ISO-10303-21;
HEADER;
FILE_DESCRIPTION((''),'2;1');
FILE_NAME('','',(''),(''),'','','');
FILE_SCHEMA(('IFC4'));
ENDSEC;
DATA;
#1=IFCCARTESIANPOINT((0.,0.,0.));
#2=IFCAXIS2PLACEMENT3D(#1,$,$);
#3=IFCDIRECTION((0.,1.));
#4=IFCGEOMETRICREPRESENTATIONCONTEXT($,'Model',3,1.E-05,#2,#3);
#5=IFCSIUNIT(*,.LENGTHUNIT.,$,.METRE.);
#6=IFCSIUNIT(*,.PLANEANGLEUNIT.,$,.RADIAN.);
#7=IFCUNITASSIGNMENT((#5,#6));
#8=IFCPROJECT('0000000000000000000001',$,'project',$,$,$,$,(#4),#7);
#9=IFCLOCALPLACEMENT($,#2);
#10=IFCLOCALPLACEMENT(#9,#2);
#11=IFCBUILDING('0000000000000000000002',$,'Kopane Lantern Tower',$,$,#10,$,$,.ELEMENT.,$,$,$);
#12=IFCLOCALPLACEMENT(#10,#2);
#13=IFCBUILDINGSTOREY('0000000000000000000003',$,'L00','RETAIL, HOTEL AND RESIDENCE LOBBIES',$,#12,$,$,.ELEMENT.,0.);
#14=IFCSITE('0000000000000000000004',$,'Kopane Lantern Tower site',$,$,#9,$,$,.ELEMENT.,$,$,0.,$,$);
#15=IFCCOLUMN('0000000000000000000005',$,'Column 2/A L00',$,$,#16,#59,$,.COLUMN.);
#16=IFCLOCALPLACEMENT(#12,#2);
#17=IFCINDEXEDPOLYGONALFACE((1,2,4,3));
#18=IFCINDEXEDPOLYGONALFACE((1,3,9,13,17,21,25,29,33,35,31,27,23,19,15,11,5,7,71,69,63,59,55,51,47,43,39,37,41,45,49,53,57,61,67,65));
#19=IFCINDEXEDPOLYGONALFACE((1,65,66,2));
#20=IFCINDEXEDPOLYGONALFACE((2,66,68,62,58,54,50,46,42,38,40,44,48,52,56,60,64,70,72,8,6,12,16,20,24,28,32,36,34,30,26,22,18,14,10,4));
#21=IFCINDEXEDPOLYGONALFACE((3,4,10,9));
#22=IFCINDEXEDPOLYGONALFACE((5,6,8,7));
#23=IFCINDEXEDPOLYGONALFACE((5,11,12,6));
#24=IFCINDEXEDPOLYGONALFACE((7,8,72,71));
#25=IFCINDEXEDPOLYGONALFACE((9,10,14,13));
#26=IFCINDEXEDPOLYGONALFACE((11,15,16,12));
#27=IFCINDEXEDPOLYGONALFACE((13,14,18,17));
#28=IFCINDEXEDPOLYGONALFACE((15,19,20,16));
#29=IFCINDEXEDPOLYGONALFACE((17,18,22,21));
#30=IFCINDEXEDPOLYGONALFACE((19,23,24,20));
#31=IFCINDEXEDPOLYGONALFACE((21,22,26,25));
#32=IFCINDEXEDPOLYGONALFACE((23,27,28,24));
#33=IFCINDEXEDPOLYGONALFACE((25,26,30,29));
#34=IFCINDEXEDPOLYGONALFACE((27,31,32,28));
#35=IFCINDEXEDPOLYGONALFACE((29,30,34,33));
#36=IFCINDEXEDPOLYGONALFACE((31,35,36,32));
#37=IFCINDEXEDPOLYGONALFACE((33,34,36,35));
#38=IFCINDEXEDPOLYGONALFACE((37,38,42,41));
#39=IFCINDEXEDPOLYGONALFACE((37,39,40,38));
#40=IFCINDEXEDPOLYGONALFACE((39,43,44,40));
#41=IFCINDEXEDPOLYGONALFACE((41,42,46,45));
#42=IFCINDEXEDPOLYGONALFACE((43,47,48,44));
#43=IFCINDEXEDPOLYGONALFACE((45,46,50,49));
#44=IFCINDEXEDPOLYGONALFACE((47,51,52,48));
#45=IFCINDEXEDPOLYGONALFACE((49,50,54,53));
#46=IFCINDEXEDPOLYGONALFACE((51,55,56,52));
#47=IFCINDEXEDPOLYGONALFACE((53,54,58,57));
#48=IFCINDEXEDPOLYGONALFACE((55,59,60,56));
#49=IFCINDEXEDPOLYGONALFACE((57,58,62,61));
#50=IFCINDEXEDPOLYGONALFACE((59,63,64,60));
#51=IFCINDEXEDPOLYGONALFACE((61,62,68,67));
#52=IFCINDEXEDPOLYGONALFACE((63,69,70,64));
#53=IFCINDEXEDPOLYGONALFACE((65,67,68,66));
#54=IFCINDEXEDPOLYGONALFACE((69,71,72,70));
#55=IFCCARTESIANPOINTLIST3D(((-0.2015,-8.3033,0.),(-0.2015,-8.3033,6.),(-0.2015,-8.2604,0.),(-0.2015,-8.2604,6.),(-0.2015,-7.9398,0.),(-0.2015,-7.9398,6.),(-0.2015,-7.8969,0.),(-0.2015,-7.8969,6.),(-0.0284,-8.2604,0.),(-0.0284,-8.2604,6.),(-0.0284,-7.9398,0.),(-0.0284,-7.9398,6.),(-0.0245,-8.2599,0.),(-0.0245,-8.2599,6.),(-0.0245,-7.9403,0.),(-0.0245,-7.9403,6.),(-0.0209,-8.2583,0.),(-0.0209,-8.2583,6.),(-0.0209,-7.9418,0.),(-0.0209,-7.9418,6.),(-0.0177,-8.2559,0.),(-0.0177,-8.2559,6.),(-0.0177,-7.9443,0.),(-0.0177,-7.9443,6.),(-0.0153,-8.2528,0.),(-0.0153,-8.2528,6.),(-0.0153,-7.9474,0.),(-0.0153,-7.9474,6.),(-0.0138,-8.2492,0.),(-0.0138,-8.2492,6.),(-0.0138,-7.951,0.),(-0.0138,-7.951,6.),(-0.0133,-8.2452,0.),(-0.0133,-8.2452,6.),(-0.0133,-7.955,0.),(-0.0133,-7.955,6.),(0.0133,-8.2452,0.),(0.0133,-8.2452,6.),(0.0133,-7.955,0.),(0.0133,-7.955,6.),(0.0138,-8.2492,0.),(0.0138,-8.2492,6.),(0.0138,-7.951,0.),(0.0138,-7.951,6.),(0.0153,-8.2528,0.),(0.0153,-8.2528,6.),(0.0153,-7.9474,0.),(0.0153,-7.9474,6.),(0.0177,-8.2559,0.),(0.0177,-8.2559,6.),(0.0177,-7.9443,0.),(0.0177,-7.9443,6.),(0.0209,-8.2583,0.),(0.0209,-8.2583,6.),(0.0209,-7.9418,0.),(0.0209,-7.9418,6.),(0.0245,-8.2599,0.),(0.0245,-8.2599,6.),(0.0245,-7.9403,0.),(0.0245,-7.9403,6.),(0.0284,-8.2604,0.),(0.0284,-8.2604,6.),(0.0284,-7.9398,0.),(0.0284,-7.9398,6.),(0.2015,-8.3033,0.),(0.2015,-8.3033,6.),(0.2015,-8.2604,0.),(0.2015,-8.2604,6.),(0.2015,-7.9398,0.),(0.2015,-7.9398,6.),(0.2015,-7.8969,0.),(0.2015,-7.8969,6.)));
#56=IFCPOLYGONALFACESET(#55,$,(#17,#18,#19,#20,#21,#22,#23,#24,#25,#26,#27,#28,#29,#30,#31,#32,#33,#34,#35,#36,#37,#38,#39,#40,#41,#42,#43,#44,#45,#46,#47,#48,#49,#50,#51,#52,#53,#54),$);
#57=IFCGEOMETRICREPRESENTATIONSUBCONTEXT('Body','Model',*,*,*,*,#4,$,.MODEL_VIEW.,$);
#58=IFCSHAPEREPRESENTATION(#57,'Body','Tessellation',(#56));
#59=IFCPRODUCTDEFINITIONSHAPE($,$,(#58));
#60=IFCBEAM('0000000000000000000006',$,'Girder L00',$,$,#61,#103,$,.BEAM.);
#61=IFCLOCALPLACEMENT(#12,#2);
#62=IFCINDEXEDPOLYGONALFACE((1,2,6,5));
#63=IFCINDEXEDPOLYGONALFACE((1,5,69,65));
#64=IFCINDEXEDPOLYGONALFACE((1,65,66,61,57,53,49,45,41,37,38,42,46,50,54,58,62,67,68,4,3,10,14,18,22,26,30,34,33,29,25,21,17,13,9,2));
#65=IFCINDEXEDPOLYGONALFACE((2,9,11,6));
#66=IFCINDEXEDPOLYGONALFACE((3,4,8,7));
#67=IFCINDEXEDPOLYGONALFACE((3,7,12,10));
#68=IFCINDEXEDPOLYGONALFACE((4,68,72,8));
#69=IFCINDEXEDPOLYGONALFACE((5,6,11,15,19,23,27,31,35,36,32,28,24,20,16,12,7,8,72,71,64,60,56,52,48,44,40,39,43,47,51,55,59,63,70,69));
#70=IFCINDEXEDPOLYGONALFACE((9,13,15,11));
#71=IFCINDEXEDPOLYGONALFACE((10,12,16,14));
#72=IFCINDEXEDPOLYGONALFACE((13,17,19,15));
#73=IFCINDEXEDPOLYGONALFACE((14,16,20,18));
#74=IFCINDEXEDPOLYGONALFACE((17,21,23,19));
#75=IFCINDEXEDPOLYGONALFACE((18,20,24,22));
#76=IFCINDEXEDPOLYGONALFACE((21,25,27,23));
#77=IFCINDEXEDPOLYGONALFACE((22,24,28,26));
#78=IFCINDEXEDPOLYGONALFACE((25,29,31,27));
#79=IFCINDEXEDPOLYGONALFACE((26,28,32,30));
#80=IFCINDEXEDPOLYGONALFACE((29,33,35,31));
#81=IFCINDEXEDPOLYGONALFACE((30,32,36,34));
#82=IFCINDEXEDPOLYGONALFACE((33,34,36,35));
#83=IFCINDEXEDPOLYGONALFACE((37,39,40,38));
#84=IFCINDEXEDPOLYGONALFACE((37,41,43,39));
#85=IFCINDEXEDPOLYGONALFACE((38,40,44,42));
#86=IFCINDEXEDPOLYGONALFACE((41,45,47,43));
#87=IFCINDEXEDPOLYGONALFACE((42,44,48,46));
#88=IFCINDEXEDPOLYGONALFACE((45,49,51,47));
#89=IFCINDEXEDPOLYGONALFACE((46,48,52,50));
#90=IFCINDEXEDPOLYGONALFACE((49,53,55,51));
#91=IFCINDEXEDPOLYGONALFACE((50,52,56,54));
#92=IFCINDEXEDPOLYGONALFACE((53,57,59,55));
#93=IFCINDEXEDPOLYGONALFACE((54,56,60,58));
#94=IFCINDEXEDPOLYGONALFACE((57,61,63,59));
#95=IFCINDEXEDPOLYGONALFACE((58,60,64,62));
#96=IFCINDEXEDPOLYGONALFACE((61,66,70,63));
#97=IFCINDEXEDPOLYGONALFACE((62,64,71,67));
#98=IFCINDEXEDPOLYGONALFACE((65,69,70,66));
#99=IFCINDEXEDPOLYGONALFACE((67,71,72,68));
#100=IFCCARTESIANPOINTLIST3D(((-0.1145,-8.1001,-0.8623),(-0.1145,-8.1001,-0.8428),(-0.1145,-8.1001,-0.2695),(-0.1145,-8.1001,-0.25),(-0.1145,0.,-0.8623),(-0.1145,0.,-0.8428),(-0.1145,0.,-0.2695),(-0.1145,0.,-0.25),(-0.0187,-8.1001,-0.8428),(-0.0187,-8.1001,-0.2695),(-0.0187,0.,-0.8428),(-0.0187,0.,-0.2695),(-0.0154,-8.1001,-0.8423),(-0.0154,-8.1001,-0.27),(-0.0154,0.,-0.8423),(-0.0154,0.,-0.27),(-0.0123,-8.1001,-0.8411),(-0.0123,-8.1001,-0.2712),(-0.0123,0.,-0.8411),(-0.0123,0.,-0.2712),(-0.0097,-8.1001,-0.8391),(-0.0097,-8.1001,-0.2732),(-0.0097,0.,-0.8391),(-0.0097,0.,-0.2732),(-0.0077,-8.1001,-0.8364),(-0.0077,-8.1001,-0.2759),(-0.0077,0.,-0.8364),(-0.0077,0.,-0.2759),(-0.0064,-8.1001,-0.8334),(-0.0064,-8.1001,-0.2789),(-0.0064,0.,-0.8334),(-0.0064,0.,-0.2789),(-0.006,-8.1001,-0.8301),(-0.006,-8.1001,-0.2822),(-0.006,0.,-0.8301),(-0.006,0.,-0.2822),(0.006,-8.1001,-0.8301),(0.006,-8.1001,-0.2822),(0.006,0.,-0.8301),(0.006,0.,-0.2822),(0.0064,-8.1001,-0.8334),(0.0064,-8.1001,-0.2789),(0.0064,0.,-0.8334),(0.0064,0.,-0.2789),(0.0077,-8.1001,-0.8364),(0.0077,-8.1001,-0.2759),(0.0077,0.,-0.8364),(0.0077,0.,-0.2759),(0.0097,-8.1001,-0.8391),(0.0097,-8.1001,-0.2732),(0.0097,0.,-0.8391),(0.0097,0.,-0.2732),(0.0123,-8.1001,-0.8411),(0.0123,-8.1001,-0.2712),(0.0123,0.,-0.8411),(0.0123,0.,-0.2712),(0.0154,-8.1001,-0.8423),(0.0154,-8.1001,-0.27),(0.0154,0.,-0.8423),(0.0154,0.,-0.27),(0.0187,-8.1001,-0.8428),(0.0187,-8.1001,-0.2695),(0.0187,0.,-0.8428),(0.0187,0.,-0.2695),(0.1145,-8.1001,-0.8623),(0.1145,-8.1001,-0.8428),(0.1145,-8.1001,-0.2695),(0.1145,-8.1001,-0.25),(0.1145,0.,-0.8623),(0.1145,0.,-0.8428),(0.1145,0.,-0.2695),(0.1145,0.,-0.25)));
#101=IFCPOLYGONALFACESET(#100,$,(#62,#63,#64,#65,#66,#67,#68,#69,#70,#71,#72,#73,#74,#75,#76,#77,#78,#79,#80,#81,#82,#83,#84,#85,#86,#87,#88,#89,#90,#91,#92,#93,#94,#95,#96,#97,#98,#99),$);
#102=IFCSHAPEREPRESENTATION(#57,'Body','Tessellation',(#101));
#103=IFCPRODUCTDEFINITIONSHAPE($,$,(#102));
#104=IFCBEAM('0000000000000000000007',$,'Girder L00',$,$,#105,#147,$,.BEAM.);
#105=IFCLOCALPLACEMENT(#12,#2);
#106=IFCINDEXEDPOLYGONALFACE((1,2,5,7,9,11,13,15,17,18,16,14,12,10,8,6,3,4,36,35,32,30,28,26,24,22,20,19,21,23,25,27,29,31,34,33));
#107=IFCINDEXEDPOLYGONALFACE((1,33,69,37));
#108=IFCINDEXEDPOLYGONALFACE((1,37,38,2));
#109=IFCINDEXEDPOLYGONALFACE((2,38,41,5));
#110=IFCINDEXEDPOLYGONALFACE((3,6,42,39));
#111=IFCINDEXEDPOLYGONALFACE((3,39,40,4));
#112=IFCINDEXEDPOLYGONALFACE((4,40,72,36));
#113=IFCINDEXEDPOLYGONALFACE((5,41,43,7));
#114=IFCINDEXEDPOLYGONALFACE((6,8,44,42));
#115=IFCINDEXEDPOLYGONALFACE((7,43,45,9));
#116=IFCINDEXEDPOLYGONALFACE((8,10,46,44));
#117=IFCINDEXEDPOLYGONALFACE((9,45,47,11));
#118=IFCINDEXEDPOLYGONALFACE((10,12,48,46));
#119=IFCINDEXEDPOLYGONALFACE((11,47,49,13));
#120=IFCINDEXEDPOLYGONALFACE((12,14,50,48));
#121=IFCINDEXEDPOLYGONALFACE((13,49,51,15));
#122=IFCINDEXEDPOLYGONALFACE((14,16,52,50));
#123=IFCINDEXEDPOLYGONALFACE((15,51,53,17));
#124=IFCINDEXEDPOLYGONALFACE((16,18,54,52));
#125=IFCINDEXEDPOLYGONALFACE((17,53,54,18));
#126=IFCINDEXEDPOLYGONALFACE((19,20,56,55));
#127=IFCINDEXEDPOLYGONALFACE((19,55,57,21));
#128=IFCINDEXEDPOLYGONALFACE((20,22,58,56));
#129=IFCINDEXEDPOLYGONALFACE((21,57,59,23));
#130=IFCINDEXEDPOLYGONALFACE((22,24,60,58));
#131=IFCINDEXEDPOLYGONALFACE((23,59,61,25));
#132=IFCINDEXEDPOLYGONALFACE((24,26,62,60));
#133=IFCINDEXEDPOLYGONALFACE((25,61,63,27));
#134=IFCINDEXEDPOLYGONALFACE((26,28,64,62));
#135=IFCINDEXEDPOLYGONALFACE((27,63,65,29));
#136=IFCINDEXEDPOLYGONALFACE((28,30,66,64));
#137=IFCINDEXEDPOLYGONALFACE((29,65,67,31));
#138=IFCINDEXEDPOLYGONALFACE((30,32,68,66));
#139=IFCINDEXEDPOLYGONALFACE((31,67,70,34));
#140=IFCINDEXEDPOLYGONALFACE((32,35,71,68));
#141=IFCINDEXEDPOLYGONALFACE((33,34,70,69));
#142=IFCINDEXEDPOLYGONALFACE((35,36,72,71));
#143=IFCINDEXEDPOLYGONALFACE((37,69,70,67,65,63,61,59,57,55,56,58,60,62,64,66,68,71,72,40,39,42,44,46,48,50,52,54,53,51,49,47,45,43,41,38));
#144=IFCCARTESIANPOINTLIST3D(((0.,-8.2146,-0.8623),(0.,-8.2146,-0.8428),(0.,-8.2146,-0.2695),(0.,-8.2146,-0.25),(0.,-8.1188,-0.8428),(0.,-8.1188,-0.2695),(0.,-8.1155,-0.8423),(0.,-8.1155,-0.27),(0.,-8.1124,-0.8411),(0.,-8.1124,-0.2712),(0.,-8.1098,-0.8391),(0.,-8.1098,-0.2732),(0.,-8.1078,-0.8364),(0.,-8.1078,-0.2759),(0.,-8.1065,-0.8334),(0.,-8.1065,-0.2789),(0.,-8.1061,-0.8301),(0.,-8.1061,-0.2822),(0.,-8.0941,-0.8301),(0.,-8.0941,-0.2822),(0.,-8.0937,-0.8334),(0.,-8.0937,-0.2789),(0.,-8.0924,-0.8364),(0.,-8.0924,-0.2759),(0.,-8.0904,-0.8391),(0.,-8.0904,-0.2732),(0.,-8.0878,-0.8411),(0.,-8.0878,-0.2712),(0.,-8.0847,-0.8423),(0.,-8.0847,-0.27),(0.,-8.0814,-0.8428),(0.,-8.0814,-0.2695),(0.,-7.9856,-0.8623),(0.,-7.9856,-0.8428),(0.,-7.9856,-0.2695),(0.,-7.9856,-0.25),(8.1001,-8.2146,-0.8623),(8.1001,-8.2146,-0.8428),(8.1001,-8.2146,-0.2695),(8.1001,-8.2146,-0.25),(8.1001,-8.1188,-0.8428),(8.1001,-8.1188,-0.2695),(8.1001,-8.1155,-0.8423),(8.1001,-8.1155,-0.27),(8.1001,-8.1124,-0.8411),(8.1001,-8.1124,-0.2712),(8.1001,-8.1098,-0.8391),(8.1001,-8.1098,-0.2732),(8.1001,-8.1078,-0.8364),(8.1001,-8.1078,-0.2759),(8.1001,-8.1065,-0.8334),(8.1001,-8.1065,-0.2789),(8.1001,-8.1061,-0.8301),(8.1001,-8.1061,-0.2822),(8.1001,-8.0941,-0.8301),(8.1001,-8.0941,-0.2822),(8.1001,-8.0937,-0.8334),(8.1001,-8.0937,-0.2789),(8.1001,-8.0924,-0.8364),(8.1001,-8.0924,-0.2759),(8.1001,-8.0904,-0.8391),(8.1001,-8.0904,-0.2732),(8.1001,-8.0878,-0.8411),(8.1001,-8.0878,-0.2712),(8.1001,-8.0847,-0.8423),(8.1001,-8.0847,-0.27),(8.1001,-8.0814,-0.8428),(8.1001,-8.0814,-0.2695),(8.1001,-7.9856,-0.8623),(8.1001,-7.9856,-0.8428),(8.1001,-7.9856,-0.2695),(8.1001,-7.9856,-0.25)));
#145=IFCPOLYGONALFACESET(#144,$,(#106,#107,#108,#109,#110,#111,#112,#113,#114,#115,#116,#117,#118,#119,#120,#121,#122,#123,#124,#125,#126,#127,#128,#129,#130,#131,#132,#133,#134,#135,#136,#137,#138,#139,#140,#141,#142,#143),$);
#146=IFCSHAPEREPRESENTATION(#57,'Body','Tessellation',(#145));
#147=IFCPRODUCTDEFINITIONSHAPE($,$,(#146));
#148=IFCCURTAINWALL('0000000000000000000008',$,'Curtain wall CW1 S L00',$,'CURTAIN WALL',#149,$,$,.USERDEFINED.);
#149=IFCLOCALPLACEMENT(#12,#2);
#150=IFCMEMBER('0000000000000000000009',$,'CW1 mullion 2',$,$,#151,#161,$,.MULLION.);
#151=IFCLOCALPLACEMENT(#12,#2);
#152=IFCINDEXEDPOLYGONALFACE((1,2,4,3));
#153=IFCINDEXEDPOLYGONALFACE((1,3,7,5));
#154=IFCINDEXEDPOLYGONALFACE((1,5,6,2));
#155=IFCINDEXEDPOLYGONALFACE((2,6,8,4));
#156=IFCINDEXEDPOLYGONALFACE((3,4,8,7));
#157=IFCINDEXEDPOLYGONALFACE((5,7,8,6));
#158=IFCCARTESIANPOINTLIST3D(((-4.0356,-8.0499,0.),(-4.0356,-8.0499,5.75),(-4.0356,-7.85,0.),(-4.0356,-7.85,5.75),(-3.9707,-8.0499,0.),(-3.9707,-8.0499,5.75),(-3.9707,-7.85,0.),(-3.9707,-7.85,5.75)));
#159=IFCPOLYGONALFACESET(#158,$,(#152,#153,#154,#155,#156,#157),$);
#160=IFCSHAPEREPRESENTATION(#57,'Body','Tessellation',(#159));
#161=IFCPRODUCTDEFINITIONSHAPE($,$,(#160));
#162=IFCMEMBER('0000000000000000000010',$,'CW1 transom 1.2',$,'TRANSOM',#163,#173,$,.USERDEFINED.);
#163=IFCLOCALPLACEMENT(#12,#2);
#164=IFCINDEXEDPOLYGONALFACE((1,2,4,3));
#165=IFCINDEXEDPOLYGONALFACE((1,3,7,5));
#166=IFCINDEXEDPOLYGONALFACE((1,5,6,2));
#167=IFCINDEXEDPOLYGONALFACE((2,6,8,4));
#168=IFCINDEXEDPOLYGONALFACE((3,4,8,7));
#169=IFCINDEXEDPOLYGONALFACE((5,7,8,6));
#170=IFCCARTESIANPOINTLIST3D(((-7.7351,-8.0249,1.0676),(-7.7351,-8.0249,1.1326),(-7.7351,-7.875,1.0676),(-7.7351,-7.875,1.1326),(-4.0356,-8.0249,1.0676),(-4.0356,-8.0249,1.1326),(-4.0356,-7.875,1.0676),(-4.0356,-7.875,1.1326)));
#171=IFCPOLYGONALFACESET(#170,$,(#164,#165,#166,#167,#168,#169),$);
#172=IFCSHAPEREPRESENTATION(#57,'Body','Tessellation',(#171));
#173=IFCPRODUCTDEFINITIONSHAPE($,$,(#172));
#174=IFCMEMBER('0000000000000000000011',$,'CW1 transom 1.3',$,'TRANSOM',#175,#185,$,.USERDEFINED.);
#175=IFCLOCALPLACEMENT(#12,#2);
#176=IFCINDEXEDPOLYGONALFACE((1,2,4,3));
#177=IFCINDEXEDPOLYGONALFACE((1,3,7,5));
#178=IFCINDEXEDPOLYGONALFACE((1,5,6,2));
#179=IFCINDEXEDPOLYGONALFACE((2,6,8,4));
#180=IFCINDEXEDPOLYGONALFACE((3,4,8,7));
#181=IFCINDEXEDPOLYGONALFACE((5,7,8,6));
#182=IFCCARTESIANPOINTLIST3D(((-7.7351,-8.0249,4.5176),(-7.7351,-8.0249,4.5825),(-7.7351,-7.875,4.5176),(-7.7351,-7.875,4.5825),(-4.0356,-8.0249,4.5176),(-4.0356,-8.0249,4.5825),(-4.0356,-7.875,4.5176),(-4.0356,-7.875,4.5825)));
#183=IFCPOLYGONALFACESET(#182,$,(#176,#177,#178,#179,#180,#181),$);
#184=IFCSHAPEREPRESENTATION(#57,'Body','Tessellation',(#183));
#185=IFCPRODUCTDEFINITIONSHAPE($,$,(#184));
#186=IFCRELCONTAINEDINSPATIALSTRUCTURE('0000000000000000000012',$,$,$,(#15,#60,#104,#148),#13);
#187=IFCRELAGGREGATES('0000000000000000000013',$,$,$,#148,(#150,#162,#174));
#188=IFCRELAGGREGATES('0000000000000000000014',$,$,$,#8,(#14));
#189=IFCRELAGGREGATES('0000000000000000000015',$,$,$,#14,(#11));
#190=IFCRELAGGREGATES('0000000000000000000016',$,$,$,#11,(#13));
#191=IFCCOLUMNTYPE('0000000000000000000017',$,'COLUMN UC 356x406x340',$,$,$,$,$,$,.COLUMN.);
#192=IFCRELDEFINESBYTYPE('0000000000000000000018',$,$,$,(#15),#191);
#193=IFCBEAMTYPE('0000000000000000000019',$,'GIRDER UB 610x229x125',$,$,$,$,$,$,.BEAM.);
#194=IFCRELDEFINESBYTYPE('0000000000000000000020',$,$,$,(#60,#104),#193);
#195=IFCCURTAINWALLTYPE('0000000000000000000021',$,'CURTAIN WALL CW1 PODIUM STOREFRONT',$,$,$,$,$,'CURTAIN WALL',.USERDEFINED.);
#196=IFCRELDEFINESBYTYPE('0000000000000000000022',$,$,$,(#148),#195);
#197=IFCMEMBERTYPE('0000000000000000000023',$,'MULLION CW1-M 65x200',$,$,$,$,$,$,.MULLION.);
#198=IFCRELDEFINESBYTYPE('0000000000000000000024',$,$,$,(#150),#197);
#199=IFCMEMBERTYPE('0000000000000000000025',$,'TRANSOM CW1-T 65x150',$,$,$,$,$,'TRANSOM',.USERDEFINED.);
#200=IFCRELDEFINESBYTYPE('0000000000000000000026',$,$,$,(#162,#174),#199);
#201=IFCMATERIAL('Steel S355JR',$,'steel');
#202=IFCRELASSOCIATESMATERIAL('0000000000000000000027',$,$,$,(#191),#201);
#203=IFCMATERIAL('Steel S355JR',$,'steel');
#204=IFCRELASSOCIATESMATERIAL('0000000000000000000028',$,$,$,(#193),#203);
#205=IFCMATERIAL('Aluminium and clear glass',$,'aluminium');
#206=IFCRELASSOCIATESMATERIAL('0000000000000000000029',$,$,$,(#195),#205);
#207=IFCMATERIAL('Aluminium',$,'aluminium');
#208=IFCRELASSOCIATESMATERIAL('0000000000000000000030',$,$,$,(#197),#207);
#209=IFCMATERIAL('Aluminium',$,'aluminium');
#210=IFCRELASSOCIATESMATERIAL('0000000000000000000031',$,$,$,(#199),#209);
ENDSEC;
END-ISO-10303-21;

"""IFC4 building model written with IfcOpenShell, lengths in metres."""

from ifc_helpers import new_model, si_unit, direction, frame, origin, origin_2d, place, context, subcontext, project, spatial, rectangle, i_section, extrude, material, material_profile, profile_set, type_object, element, aggregate, save


model = new_model("IFC4")

# Units and contexts
model_context = context("Model", 3, precision=1e-05, world=origin(), true_north=direction((0.0, 1.0)))
body_context = subcontext(model_context, "Body", "Model", "MODEL_VIEW")
ifc_project = project(units=[si_unit("LENGTHUNIT", "METRE"), si_unit("PLANEANGLEUNIT", "RADIAN")], contexts=[model_context])

# Site, building, storey
site_placement = place(None, origin())
site = spatial("IfcSite", under=ifc_project, at=site_placement, Name="Kopane Lantern Tower site", CompositionType="ELEMENT", RefElevation=0.0)
building_placement = place(site_placement, origin())
building = spatial("IfcBuilding", under=site, at=building_placement, Name="Kopane Lantern Tower", CompositionType="ELEMENT")
storey_placement = place(building_placement, origin())
storey = spatial("IfcBuildingStorey", under=building, at=storey_placement, Name="L00", Description="RETAIL, HOTEL AND RESIDENCE LOBBIES", CompositionType="ELEMENT", Elevation=0.0)

# Column
ifc_material_1 = material(Name="Steel S355JR", Category="steel")
ifc_material_profile_1 = material_profile(ifc_material_1, i_section(OverallWidth=0.4031, OverallDepth=0.4065, WebThickness=0.0266, FlangeThickness=0.043, FilletRadius=0.0151, at=origin_2d()), Name="UC 356x406x340")
ifc_profile_set_1 = profile_set([ifc_material_profile_1], Name="Steel S355JR")
column_type = type_object("IfcColumnType", Name="COLUMN UC 356x406x340", PredefinedType="COLUMN", material=ifc_profile_set_1)
column_placement = place(storey_placement, frame((0.0, -8.1001, 0.0), z_axis=(0.0, 0.0, 1.0), x_axis=(1.0, 0.0, 0.0)))
element("IfcColumn", 1, at=column_placement, inside=storey, type_object=column_type, Name="Column 2/A L00", PredefinedType="COLUMN", context=body_context, shape_type="SweptSolid", body=[
    extrude(i_section(OverallWidth=0.4031, OverallDepth=0.4065, WebThickness=0.0266, FlangeThickness=0.043, FilletRadius=0.0151, at=origin_2d()), origin(), (0.0, 0.0, 1.0), 6.0),
])

# Beams
ifc_material_2 = material(Name="Steel S355JR", Category="steel")
ifc_material_profile_2 = material_profile(ifc_material_2, i_section(OverallWidth=0.229, OverallDepth=0.6123, WebThickness=0.012, FlangeThickness=0.0195, FilletRadius=0.0127, at=origin_2d()), Name="UB 610x229x125")
ifc_profile_set_2 = profile_set([ifc_material_profile_2], Name="Steel S355JR")
beam_type = type_object("IfcBeamType", Name="GIRDER UB 610x229x125", PredefinedType="BEAM", material=ifc_profile_set_2)
for number, where, z_axis, x_axis, name in (
    (2, (0.0, -8.1001, -0.5562), (0.0, 1.0, 0.0), (-1.0, 0.0, 0.0), "Girder L00"),
    (3, (0.0, -8.1001, -0.5562), (1.0, 0.0, 0.0), (0.0, 1.0, 0.0), "Girder L00"),
):
    element("IfcBeam", number, at=place(storey_placement, frame(where, z_axis=z_axis, x_axis=x_axis)), inside=storey, type_object=beam_type, Name=name, PredefinedType="BEAM", context=body_context, shape_type="SweptSolid", body=[
        extrude(i_section(OverallWidth=0.229, OverallDepth=0.6123, WebThickness=0.012, FlangeThickness=0.0195, FilletRadius=0.0127, at=origin_2d()), origin(), (0.0, 0.0, 1.0), 8.1001),
    ])

# Curtain wall, members
ifc_material_3 = material(Name="Aluminium and clear glass", Category="aluminium")
curtain_wall_type = type_object("IfcCurtainWallType", Name="CURTAIN WALL CW1 PODIUM STOREFRONT", ElementType="CURTAIN WALL", PredefinedType="USERDEFINED", material=ifc_material_3)
curtain_wall_placement = place(storey_placement, origin())
curtain_wall = element("IfcCurtainWall", 4, at=curtain_wall_placement, inside=storey, type_object=curtain_wall_type, Name="Curtain wall CW1 S L00", ObjectType="CURTAIN WALL", PredefinedType="USERDEFINED")
ifc_material_4 = material(Name="Aluminium", Category="aluminium")
ifc_material_profile_3 = material_profile(ifc_material_4, rectangle(XDim=0.0649, YDim=0.2, at=origin_2d()), Name="AL 65x200")
ifc_profile_set_3 = profile_set([ifc_material_profile_3], Name="Aluminium")
member_type_1 = type_object("IfcMemberType", Name="MULLION CW1-M 65x200", PredefinedType="MULLION", material=ifc_profile_set_3)
member_1_placement = place(storey_placement, frame((-4.0032, -7.95, 0.0), z_axis=(0.0, 0.0, 1.0), x_axis=(1.0, 0.0, 0.0)))
member_1 = element("IfcMember", 5, at=member_1_placement, type_object=member_type_1, Name="CW1 mullion 2", PredefinedType="MULLION", context=body_context, shape_type="SweptSolid", body=[
    extrude(rectangle(XDim=0.0649, YDim=0.2, at=origin_2d()), origin(), (0.0, 0.0, 1.0), 5.75),
])
ifc_material_5 = material(Name="Aluminium", Category="aluminium")
ifc_material_profile_4 = material_profile(ifc_material_5, rectangle(XDim=0.1499, YDim=0.0649, at=origin_2d()), Name="AL 150x65")
ifc_profile_set_4 = profile_set([ifc_material_profile_4], Name="Aluminium")
member_type_2 = type_object("IfcMemberType", Name="TRANSOM CW1-T 65x150", ElementType="TRANSOM", PredefinedType="USERDEFINED", material=ifc_profile_set_4)
member_2_placement = place(storey_placement, frame((-7.7351, -7.95, 1.1001), z_axis=(1.0, 0.0, 0.0), x_axis=(0.0, 1.0, 0.0)))
member_2 = element("IfcMember", 6, at=member_2_placement, type_object=member_type_2, Name="CW1 transom 1.2", ObjectType="TRANSOM", PredefinedType="USERDEFINED", context=body_context, shape_type="SweptSolid", body=[
    extrude(rectangle(XDim=0.1499, YDim=0.0649, at=origin_2d()), origin(), (0.0, 0.0, 1.0), 3.6995),
])
member_3_placement = place(storey_placement, frame((-7.7351, -7.95, 4.55), z_axis=(1.0, 0.0, 0.0), x_axis=(0.0, 1.0, 0.0)))
member_3 = element("IfcMember", 7, at=member_3_placement, type_object=member_type_2, Name="CW1 transom 1.3", ObjectType="TRANSOM", PredefinedType="USERDEFINED", context=body_context, shape_type="SweptSolid", body=[
    extrude(rectangle(XDim=0.1499, YDim=0.0649, at=origin_2d()), origin(), (0.0, 0.0, 1.0), 3.6995),
])
aggregate(curtain_wall, [member_1, member_2, member_3])

save(model, "model.ifc")
